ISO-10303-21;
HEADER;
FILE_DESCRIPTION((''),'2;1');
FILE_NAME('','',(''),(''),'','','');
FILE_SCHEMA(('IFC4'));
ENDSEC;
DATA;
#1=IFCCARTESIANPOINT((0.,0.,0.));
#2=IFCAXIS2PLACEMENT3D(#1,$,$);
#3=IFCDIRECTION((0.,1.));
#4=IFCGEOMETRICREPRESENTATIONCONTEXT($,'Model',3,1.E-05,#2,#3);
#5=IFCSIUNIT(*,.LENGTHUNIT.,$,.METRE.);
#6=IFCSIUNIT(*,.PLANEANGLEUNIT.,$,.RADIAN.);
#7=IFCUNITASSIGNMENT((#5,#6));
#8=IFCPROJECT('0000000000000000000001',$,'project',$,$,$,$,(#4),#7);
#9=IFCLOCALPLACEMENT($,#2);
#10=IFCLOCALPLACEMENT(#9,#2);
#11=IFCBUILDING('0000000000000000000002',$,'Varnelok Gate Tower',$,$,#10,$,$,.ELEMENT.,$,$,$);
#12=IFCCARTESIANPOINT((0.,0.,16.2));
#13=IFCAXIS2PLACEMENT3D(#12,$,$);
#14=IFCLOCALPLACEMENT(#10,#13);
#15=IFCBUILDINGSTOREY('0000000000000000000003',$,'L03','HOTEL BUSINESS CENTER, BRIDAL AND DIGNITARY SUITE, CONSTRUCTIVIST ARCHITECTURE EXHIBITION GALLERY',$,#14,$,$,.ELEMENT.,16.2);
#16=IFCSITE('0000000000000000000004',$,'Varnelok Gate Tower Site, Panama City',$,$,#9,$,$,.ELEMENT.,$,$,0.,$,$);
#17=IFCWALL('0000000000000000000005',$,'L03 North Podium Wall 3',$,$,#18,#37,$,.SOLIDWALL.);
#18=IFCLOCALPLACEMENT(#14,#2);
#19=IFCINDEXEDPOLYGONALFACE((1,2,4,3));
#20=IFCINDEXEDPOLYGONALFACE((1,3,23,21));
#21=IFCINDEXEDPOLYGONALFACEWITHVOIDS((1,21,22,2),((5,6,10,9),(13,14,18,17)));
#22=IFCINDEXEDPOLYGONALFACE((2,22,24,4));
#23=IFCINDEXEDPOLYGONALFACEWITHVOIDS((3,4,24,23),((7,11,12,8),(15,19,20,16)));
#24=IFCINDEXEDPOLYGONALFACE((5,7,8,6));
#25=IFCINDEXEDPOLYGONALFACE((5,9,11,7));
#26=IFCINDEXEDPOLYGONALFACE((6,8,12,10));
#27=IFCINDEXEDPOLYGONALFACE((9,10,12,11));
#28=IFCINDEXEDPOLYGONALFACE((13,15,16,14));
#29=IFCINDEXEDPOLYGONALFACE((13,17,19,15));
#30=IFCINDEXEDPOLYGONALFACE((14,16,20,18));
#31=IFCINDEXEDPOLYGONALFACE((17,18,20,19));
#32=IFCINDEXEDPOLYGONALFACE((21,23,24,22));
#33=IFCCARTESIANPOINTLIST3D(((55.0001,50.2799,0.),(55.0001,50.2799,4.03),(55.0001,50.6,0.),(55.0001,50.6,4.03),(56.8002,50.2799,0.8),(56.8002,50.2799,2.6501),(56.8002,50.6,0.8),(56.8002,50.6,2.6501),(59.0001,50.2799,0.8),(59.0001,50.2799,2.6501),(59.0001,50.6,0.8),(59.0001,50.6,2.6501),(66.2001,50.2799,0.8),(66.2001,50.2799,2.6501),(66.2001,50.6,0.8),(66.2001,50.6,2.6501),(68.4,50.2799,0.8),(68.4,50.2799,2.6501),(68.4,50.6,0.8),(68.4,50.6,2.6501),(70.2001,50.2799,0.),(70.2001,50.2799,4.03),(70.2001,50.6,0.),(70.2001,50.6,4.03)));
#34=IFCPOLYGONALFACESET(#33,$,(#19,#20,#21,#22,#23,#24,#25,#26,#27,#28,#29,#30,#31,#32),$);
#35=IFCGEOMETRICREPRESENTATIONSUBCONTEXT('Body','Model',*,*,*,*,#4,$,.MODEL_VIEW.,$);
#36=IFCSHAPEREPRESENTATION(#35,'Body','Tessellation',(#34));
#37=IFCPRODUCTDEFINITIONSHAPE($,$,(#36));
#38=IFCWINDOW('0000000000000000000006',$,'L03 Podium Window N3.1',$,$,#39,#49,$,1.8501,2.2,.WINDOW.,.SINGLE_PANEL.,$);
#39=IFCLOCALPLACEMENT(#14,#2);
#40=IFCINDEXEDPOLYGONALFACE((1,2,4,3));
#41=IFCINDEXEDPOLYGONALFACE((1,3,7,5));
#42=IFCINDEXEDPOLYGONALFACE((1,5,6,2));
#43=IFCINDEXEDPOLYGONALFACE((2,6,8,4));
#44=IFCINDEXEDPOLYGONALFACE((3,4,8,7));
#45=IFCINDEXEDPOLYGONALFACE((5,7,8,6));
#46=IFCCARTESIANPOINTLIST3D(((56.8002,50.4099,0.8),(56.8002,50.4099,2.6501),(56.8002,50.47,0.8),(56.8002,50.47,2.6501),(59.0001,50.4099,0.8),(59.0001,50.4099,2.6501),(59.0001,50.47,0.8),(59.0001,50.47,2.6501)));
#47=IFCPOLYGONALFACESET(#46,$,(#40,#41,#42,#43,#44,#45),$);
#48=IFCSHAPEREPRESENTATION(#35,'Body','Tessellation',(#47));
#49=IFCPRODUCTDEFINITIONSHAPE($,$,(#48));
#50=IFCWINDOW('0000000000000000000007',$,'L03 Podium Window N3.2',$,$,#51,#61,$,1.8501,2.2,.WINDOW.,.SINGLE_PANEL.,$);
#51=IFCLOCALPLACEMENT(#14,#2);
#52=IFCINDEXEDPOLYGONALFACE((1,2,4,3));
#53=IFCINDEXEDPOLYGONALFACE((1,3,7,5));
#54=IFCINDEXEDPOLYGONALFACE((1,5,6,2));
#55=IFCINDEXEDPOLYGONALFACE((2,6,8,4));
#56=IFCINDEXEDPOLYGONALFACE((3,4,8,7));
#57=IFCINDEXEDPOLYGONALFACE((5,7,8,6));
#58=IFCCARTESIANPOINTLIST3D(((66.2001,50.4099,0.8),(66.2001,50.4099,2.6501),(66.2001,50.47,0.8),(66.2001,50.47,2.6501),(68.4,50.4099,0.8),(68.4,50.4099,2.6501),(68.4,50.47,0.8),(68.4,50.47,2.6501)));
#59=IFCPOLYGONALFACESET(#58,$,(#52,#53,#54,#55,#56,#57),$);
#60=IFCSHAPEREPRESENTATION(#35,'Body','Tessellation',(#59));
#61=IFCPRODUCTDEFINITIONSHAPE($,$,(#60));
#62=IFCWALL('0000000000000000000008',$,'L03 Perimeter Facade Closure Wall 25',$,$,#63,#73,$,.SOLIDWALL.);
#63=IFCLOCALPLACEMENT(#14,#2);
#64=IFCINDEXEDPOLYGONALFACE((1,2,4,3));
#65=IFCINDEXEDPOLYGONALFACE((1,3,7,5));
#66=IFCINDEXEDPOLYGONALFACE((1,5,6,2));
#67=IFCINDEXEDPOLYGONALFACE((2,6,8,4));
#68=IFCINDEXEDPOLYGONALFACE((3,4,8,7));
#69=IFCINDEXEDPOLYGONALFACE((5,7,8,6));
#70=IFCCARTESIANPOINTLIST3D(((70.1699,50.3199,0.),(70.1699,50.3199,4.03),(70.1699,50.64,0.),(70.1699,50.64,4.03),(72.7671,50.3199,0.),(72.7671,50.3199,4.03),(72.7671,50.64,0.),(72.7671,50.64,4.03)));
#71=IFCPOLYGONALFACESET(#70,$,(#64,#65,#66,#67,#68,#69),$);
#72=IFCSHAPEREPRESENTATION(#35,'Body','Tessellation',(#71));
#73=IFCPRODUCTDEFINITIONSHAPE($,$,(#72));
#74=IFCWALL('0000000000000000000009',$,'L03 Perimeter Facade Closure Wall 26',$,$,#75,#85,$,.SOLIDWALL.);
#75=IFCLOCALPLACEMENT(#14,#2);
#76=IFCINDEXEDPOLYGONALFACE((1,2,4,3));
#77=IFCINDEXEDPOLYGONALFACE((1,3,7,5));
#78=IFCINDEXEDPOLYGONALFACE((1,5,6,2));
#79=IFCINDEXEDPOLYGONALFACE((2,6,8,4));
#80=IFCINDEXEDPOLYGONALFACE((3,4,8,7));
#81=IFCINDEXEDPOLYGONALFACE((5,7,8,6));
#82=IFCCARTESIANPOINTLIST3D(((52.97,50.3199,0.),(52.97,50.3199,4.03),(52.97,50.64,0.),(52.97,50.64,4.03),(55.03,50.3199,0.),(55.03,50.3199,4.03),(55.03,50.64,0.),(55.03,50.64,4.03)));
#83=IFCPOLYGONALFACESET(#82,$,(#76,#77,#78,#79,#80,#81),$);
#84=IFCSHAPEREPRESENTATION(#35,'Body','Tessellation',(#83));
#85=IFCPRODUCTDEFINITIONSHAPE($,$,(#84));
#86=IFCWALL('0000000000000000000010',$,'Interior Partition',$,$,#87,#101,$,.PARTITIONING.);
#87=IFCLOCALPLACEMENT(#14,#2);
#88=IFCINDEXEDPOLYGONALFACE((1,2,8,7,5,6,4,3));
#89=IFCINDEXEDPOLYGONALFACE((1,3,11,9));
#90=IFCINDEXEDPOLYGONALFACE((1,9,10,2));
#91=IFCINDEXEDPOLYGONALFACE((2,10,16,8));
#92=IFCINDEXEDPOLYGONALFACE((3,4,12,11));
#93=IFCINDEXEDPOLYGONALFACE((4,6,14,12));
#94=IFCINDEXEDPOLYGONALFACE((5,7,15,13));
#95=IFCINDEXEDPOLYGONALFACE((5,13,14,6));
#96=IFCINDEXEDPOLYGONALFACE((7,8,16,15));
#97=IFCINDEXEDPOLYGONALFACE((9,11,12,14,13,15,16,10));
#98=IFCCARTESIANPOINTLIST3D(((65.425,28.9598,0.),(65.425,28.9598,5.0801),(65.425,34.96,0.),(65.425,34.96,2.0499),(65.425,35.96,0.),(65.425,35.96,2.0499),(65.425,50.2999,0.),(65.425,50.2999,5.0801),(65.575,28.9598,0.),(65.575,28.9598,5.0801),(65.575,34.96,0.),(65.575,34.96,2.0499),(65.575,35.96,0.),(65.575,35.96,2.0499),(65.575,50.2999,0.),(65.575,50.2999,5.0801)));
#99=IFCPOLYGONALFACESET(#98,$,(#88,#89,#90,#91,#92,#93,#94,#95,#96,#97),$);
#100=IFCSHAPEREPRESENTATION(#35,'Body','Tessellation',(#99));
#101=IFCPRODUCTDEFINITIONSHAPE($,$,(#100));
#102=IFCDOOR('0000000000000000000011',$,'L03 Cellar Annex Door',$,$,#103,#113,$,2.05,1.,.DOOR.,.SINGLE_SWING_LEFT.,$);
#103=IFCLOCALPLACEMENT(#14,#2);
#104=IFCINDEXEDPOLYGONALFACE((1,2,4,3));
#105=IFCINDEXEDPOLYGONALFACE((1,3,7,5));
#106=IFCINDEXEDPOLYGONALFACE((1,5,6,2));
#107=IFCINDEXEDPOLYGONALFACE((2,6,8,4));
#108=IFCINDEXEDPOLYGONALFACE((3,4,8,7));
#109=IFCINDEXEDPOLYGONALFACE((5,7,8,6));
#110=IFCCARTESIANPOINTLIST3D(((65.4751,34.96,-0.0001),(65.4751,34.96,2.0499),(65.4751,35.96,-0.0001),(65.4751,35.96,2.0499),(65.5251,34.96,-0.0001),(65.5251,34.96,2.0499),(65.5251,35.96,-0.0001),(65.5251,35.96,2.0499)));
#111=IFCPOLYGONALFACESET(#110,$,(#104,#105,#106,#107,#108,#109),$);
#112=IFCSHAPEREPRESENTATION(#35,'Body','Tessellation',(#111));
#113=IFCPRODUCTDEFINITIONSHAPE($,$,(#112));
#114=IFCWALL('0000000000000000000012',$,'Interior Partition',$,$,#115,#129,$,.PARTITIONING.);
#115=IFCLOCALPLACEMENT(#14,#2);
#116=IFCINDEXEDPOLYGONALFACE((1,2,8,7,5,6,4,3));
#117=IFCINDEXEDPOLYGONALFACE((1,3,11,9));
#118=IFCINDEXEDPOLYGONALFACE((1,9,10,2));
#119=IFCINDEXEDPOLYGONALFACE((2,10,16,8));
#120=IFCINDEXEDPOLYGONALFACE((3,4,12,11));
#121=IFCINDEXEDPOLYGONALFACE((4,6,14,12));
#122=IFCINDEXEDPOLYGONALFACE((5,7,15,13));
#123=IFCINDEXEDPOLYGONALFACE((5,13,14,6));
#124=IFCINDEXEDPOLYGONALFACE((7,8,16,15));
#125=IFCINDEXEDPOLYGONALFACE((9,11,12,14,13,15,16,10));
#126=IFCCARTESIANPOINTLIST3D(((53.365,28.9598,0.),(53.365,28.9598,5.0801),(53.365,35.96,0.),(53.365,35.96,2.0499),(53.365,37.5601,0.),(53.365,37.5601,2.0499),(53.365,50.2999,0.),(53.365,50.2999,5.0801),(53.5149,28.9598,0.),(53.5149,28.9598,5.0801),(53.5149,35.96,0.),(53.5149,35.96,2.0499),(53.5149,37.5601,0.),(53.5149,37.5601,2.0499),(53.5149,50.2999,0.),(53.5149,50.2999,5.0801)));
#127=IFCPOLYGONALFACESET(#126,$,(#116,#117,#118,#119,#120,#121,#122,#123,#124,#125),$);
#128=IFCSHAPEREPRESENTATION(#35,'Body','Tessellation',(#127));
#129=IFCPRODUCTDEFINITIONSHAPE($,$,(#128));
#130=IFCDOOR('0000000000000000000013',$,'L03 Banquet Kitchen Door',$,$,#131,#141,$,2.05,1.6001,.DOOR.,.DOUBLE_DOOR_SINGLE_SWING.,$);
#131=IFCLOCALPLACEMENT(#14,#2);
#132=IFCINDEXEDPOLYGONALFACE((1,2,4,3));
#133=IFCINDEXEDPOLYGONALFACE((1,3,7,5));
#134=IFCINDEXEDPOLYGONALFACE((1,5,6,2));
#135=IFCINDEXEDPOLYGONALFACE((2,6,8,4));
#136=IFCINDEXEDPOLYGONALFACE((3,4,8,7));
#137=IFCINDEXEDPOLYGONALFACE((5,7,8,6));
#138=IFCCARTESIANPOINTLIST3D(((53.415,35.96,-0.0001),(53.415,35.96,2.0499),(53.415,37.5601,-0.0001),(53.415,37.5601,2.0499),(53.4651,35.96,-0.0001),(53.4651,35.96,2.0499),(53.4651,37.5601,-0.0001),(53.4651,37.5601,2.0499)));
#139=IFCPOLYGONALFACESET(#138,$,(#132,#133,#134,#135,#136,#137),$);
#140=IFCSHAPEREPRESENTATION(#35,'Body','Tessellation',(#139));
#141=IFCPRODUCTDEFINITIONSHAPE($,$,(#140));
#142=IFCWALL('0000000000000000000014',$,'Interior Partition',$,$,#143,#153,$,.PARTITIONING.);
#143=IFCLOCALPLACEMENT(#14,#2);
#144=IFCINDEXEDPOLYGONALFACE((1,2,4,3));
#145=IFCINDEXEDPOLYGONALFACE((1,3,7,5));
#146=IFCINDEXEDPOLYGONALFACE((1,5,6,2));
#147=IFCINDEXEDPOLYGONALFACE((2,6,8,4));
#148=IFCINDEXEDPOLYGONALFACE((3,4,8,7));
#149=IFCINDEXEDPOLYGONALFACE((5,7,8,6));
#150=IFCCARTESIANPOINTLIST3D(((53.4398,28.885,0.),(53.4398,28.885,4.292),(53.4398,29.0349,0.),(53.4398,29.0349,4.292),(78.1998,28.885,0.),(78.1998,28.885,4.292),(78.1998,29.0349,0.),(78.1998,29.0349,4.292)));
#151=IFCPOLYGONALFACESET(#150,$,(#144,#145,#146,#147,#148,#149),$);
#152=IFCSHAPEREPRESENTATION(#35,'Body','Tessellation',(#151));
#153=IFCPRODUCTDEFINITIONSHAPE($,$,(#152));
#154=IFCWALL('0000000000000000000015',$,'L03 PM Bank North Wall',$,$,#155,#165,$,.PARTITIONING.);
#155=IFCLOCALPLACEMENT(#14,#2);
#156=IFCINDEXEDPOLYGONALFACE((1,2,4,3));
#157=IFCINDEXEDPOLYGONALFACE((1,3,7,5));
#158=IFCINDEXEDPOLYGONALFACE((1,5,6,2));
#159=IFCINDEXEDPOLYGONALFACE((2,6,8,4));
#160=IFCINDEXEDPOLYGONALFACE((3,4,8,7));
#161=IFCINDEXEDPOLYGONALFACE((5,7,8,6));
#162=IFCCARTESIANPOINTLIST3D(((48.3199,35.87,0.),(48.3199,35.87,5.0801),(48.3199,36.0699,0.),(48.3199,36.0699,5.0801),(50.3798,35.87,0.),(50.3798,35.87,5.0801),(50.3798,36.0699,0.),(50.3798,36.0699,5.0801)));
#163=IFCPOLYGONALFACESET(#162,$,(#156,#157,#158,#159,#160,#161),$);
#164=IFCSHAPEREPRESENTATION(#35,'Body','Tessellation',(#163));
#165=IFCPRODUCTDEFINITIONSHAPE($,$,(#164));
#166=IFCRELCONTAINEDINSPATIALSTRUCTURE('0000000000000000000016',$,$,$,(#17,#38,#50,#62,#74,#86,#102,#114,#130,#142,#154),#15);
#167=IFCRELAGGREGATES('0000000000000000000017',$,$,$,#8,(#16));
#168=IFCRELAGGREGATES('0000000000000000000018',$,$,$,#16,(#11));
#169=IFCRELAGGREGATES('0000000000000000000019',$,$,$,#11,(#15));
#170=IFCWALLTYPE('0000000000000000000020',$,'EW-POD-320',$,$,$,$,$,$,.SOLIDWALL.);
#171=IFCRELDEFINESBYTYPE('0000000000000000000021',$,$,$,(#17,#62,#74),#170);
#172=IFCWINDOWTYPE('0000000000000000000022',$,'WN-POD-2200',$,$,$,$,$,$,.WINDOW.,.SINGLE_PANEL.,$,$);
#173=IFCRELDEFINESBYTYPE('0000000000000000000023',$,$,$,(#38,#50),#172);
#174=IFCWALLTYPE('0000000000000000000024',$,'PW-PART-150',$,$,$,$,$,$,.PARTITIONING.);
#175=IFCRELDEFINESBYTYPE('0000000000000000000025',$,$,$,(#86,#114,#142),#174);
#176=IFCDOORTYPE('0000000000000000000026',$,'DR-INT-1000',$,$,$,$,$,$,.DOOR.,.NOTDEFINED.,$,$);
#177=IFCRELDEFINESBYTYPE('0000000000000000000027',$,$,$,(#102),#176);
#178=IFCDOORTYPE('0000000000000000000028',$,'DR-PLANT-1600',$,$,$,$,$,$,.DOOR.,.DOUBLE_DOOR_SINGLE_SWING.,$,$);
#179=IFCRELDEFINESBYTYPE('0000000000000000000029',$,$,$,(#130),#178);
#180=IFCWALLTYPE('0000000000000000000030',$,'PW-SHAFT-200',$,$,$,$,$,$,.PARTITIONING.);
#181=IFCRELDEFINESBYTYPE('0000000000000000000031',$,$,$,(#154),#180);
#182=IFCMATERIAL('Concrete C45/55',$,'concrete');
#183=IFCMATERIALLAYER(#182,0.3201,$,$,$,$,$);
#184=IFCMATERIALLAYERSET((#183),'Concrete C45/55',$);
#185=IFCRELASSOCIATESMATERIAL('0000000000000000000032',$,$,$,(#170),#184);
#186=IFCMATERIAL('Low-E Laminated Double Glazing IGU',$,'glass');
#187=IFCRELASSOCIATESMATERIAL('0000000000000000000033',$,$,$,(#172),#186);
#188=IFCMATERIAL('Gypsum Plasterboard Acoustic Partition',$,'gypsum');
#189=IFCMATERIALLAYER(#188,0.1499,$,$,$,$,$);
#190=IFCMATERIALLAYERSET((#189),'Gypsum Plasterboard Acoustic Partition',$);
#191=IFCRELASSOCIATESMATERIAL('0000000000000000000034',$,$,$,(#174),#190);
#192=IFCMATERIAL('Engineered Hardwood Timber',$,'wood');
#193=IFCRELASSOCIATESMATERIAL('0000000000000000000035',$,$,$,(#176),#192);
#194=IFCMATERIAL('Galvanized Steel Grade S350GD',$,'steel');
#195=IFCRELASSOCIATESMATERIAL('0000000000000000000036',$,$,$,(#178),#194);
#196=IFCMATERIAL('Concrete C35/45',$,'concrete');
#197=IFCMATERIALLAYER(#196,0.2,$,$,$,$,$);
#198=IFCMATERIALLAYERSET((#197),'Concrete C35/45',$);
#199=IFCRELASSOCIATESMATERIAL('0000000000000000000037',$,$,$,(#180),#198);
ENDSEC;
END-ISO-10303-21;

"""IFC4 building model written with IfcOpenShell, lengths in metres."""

from ifc_helpers import new_model, si_unit, direction, frame, frame_2d, origin, place, context, subcontext, project, spatial, rectangle, extrude, material, layer, layer_set, type_object, element, fill, save


model = new_model("IFC4")

# Units and contexts
model_context = context("Model", 3, precision=1e-05, world=origin(), true_north=direction((0.0, 1.0)))
body_context = subcontext(model_context, "Body", "Model", "MODEL_VIEW")
ifc_project = project(units=[si_unit("LENGTHUNIT", "METRE"), si_unit("PLANEANGLEUNIT", "RADIAN")], contexts=[model_context])

# Site, building, storey
site_placement = place(None, origin())
site = spatial("IfcSite", under=ifc_project, at=site_placement, Name="Varnelok Gate Tower Site, Panama City", CompositionType="ELEMENT", RefElevation=0.0)
building_placement = place(site_placement, origin())
building = spatial("IfcBuilding", under=site, at=building_placement, Name="Varnelok Gate Tower", CompositionType="ELEMENT")
storey_placement = place(building_placement, frame((0.0, 0.0, 16.2)))
storey = spatial("IfcBuildingStorey", under=building, at=storey_placement, Name="L03", Description="HOTEL BUSINESS CENTER, BRIDAL AND DIGNITARY SUITE, CONSTRUCTIVIST ARCHITECTURE EXHIBITION GALLERY", CompositionType="ELEMENT", Elevation=16.2)

# Wall, openings, windows
ifc_material_1 = material(Name="Concrete C45/55", Category="concrete")
ifc_layer_1 = layer(ifc_material_1, 0.3201)
ifc_layer_set_1 = layer_set([ifc_layer_1], Name="Concrete C45/55")
wall_type_1 = type_object("IfcWallType", Name="EW-POD-320", PredefinedType="SOLIDWALL", material=ifc_layer_set_1)
wall_1_placement = place(storey_placement, frame((55.0, 50.4399, 0.0), z_axis=(0.0, 0.0, 1.0), x_axis=(1.0, 0.0, 0.0)))
wall_1 = element("IfcWall", 1, at=wall_1_placement, inside=storey, type_object=wall_type_1, Name="L03 North Podium Wall 3", PredefinedType="SOLIDWALL", context=body_context, shape_type="SweptSolid", body=[
    extrude(rectangle(XDim=15.2, YDim=0.3201, at=frame_2d((7.6001, 0.0))), origin(), (0.0, 0.0, 1.0), 4.03),
])
opening_1_placement = place(wall_1_placement, frame((1.8, 0.0, 0.8)))
opening_1 = element("IfcOpeningElement", 2, at=opening_1_placement, cuts=wall_1, PredefinedType="OPENING", context=body_context, shape_type="SweptSolid", body=[
    extrude(rectangle(XDim=2.2, YDim=1.8501, at=frame_2d((1.1001, 0.925))), frame((0.0, 0.1699, 0.0), z_axis=(0.0, -1.0, 0.0), x_axis=(1.0, 0.0, 0.0)), (0.0, 0.0, 1.0), 0.3401),
])
opening_2_placement = place(wall_1_placement, frame((11.2, 0.0, 0.8)))
opening_2 = element("IfcOpeningElement", 3, at=opening_2_placement, cuts=wall_1, PredefinedType="OPENING", context=body_context, shape_type="SweptSolid", body=[
    extrude(rectangle(XDim=2.2, YDim=1.8501, at=frame_2d((1.1001, 0.925))), frame((0.0, 0.1699, 0.0), z_axis=(0.0, -1.0, 0.0), x_axis=(1.0, 0.0, 0.0)), (0.0, 0.0, 1.0), 0.3401),
])
ifc_material_2 = material(Name="Low-E Laminated Double Glazing IGU", Category="glass")
window_type = type_object("IfcWindowType", Name="WN-POD-2200", PartitioningType="SINGLE_PANEL", PredefinedType="WINDOW", material=ifc_material_2)
window_1_placement = place(opening_1_placement, origin())
window_1 = element("IfcWindow", 4, at=window_1_placement, inside=storey, type_object=window_type, Name="L03 Podium Window N3.1", OverallHeight=1.8501, OverallWidth=2.2, PartitioningType="SINGLE_PANEL", PredefinedType="WINDOW", context=body_context, shape_type="SweptSolid", body=[
    extrude(rectangle(XDim=2.2, YDim=1.8501, at=frame_2d((1.1001, 0.925))), frame((0.0, 0.03, 0.0), z_axis=(0.0, -1.0, 0.0), x_axis=(1.0, 0.0, 0.0)), (0.0, 0.0, 1.0), 0.0601),
])
fill(opening_1, window_1)
window_2_placement = place(opening_2_placement, origin())
window_2 = element("IfcWindow", 5, at=window_2_placement, inside=storey, type_object=window_type, Name="L03 Podium Window N3.2", OverallHeight=1.8501, OverallWidth=2.2, PartitioningType="SINGLE_PANEL", PredefinedType="WINDOW", context=body_context, shape_type="SweptSolid", body=[
    extrude(rectangle(XDim=2.2, YDim=1.8501, at=frame_2d((1.1001, 0.925))), frame((0.0, 0.03, 0.0), z_axis=(0.0, -1.0, 0.0), x_axis=(1.0, 0.0, 0.0)), (0.0, 0.0, 1.0), 0.0601),
])
fill(opening_2, window_2)

# Walls
wall_2_placement = place(storey_placement, frame((72.7671, 50.48, 0.0), z_axis=(0.0, 0.0, 1.0), x_axis=(-1.0, 0.0, 0.0)))
element("IfcWall", 6, at=wall_2_placement, inside=storey, type_object=wall_type_1, Name="L03 Perimeter Facade Closure Wall 25", PredefinedType="SOLIDWALL", context=body_context, shape_type="SweptSolid", body=[
    extrude(rectangle(XDim=2.5972, YDim=0.3201, at=frame_2d((1.2986, 0.0))), origin(), (0.0, 0.0, 1.0), 4.03),
])
wall_3_placement = place(storey_placement, frame((55.03, 50.48, 0.0), z_axis=(0.0, 0.0, 1.0), x_axis=(-1.0, 0.0, 0.0)))
element("IfcWall", 7, at=wall_3_placement, inside=storey, type_object=wall_type_1, Name="L03 Perimeter Facade Closure Wall 26", PredefinedType="SOLIDWALL", context=body_context, shape_type="SweptSolid", body=[
    extrude(rectangle(XDim=2.0601, YDim=0.3201, at=frame_2d((1.03, 0.0))), origin(), (0.0, 0.0, 1.0), 4.03),
])

# Walls, openings, doors
ifc_material_3 = material(Name="Gypsum Plasterboard Acoustic Partition", Category="gypsum")
ifc_layer_2 = layer(ifc_material_3, 0.1499)
ifc_layer_set_2 = layer_set([ifc_layer_2], Name="Gypsum Plasterboard Acoustic Partition")
wall_type_2 = type_object("IfcWallType", Name="PW-PART-150", PredefinedType="PARTITIONING", material=ifc_layer_set_2)
wall_4_placement = place(storey_placement, frame((65.5, 28.96, 0.0), z_axis=(0.0, 0.0, 1.0), x_axis=(0.0, 1.0, 0.0)))
wall_4 = element("IfcWall", 8, at=wall_4_placement, inside=storey, type_object=wall_type_2, Name="Interior Partition", PredefinedType="PARTITIONING", context=body_context, shape_type="SweptSolid", body=[
    extrude(rectangle(XDim=21.3401, YDim=0.1499, at=frame_2d((10.6699, 0.0))), origin(), (0.0, 0.0, 1.0), 5.0801),
])
opening_3_placement = place(wall_4_placement, frame((6.0, 0.0, 0.0)))
opening_3 = element("IfcOpeningElement", 9, at=opening_3_placement, cuts=wall_4, PredefinedType="OPENING", context=body_context, shape_type="SweptSolid", body=[
    extrude(rectangle(XDim=1.0, YDim=2.05, at=frame_2d((0.5, 1.0249))), frame((0.0, 0.085, 0.0), z_axis=(0.0, -1.0, 0.0), x_axis=(1.0, 0.0, 0.0)), (0.0, 0.0, 1.0), 0.1699),
])
ifc_material_4 = material(Name="Engineered Hardwood Timber", Category="wood")
door_type_1 = type_object("IfcDoorType", Name="DR-INT-1000", OperationType="NOTDEFINED", PredefinedType="DOOR", material=ifc_material_4)
door_1_placement = place(opening_3_placement, origin())
door_1 = element("IfcDoor", 10, at=door_1_placement, inside=storey, type_object=door_type_1, Name="L03 Cellar Annex Door", OperationType="SINGLE_SWING_LEFT", OverallHeight=2.05, OverallWidth=1.0, PredefinedType="DOOR", context=body_context, shape_type="SweptSolid", body=[
    extrude(rectangle(XDim=1.0, YDim=2.05, at=frame_2d((0.5, 1.0249))), frame((0.0, 0.0249, 0.0), z_axis=(0.0, -1.0, 0.0), x_axis=(1.0, 0.0, 0.0)), (0.0, 0.0, 1.0), 0.05),
])
fill(opening_3, door_1)
wall_5_placement = place(storey_placement, frame((53.4399, 28.96, 0.0), z_axis=(0.0, 0.0, 1.0), x_axis=(0.0, 1.0, 0.0)))
wall_5 = element("IfcWall", 11, at=wall_5_placement, inside=storey, type_object=wall_type_2, Name="Interior Partition", PredefinedType="PARTITIONING", context=body_context, shape_type="SweptSolid", body=[
    extrude(rectangle(XDim=21.3401, YDim=0.1499, at=frame_2d((10.6699, 0.0))), origin(), (0.0, 0.0, 1.0), 5.0801),
])
opening_4_placement = place(wall_5_placement, frame((7.0, 0.0, 0.0)))
opening_4 = element("IfcOpeningElement", 12, at=opening_4_placement, cuts=wall_5, PredefinedType="OPENING", context=body_context, shape_type="SweptSolid", body=[
    extrude(rectangle(XDim=1.6001, YDim=2.05, at=frame_2d((0.8, 1.0249))), frame((0.0, 0.085, 0.0), z_axis=(0.0, -1.0, 0.0), x_axis=(1.0, 0.0, 0.0)), (0.0, 0.0, 1.0), 0.1699),
])
ifc_material_5 = material(Name="Galvanized Steel Grade S350GD", Category="steel")
door_type_2 = type_object("IfcDoorType", Name="DR-PLANT-1600", OperationType="DOUBLE_DOOR_SINGLE_SWING", PredefinedType="DOOR", material=ifc_material_5)
door_2_placement = place(opening_4_placement, origin())
door_2 = element("IfcDoor", 13, at=door_2_placement, inside=storey, type_object=door_type_2, Name="L03 Banquet Kitchen Door", OperationType="DOUBLE_DOOR_SINGLE_SWING", OverallHeight=2.05, OverallWidth=1.6001, PredefinedType="DOOR", context=body_context, shape_type="SweptSolid", body=[
    extrude(rectangle(XDim=1.6001, YDim=2.05, at=frame_2d((0.8, 1.0249))), frame((0.0, 0.0249, 0.0), z_axis=(0.0, -1.0, 0.0), x_axis=(1.0, 0.0, 0.0)), (0.0, 0.0, 1.0), 0.05),
])
fill(opening_4, door_2)

# Walls
wall_6_placement = place(storey_placement, frame((53.4399, 28.96, 0.0), z_axis=(0.0, 0.0, 1.0), x_axis=(1.0, 0.0, 0.0)))
element("IfcWall", 14, at=wall_6_placement, inside=storey, type_object=wall_type_2, Name="Interior Partition", PredefinedType="PARTITIONING", context=body_context, shape_type="SweptSolid", body=[
    extrude(rectangle(XDim=24.76, YDim=0.1499, at=frame_2d((12.3799, 0.0))), origin(), (0.0, 0.0, 1.0), 4.292),
])
ifc_material_6 = material(Name="Concrete C35/45", Category="concrete")
ifc_layer_3 = layer(ifc_material_6, 0.2)
ifc_layer_set_3 = layer_set([ifc_layer_3], Name="Concrete C35/45")
wall_type_3 = type_object("IfcWallType", Name="PW-SHAFT-200", PredefinedType="PARTITIONING", material=ifc_layer_set_3)
wall_7_placement = place(storey_placement, frame((48.3201, 35.97, 0.0), z_axis=(0.0, 0.0, 1.0), x_axis=(1.0, 0.0, 0.0)))
element("IfcWall", 15, at=wall_7_placement, inside=storey, type_object=wall_type_3, Name="L03 PM Bank North Wall", PredefinedType="PARTITIONING", context=body_context, shape_type="SweptSolid", body=[
    extrude(rectangle(XDim=2.0598, YDim=0.2, at=frame_2d((1.0298, 0.0))), origin(), (0.0, 0.0, 1.0), 5.0801),
])

save(model, "model.ifc")
